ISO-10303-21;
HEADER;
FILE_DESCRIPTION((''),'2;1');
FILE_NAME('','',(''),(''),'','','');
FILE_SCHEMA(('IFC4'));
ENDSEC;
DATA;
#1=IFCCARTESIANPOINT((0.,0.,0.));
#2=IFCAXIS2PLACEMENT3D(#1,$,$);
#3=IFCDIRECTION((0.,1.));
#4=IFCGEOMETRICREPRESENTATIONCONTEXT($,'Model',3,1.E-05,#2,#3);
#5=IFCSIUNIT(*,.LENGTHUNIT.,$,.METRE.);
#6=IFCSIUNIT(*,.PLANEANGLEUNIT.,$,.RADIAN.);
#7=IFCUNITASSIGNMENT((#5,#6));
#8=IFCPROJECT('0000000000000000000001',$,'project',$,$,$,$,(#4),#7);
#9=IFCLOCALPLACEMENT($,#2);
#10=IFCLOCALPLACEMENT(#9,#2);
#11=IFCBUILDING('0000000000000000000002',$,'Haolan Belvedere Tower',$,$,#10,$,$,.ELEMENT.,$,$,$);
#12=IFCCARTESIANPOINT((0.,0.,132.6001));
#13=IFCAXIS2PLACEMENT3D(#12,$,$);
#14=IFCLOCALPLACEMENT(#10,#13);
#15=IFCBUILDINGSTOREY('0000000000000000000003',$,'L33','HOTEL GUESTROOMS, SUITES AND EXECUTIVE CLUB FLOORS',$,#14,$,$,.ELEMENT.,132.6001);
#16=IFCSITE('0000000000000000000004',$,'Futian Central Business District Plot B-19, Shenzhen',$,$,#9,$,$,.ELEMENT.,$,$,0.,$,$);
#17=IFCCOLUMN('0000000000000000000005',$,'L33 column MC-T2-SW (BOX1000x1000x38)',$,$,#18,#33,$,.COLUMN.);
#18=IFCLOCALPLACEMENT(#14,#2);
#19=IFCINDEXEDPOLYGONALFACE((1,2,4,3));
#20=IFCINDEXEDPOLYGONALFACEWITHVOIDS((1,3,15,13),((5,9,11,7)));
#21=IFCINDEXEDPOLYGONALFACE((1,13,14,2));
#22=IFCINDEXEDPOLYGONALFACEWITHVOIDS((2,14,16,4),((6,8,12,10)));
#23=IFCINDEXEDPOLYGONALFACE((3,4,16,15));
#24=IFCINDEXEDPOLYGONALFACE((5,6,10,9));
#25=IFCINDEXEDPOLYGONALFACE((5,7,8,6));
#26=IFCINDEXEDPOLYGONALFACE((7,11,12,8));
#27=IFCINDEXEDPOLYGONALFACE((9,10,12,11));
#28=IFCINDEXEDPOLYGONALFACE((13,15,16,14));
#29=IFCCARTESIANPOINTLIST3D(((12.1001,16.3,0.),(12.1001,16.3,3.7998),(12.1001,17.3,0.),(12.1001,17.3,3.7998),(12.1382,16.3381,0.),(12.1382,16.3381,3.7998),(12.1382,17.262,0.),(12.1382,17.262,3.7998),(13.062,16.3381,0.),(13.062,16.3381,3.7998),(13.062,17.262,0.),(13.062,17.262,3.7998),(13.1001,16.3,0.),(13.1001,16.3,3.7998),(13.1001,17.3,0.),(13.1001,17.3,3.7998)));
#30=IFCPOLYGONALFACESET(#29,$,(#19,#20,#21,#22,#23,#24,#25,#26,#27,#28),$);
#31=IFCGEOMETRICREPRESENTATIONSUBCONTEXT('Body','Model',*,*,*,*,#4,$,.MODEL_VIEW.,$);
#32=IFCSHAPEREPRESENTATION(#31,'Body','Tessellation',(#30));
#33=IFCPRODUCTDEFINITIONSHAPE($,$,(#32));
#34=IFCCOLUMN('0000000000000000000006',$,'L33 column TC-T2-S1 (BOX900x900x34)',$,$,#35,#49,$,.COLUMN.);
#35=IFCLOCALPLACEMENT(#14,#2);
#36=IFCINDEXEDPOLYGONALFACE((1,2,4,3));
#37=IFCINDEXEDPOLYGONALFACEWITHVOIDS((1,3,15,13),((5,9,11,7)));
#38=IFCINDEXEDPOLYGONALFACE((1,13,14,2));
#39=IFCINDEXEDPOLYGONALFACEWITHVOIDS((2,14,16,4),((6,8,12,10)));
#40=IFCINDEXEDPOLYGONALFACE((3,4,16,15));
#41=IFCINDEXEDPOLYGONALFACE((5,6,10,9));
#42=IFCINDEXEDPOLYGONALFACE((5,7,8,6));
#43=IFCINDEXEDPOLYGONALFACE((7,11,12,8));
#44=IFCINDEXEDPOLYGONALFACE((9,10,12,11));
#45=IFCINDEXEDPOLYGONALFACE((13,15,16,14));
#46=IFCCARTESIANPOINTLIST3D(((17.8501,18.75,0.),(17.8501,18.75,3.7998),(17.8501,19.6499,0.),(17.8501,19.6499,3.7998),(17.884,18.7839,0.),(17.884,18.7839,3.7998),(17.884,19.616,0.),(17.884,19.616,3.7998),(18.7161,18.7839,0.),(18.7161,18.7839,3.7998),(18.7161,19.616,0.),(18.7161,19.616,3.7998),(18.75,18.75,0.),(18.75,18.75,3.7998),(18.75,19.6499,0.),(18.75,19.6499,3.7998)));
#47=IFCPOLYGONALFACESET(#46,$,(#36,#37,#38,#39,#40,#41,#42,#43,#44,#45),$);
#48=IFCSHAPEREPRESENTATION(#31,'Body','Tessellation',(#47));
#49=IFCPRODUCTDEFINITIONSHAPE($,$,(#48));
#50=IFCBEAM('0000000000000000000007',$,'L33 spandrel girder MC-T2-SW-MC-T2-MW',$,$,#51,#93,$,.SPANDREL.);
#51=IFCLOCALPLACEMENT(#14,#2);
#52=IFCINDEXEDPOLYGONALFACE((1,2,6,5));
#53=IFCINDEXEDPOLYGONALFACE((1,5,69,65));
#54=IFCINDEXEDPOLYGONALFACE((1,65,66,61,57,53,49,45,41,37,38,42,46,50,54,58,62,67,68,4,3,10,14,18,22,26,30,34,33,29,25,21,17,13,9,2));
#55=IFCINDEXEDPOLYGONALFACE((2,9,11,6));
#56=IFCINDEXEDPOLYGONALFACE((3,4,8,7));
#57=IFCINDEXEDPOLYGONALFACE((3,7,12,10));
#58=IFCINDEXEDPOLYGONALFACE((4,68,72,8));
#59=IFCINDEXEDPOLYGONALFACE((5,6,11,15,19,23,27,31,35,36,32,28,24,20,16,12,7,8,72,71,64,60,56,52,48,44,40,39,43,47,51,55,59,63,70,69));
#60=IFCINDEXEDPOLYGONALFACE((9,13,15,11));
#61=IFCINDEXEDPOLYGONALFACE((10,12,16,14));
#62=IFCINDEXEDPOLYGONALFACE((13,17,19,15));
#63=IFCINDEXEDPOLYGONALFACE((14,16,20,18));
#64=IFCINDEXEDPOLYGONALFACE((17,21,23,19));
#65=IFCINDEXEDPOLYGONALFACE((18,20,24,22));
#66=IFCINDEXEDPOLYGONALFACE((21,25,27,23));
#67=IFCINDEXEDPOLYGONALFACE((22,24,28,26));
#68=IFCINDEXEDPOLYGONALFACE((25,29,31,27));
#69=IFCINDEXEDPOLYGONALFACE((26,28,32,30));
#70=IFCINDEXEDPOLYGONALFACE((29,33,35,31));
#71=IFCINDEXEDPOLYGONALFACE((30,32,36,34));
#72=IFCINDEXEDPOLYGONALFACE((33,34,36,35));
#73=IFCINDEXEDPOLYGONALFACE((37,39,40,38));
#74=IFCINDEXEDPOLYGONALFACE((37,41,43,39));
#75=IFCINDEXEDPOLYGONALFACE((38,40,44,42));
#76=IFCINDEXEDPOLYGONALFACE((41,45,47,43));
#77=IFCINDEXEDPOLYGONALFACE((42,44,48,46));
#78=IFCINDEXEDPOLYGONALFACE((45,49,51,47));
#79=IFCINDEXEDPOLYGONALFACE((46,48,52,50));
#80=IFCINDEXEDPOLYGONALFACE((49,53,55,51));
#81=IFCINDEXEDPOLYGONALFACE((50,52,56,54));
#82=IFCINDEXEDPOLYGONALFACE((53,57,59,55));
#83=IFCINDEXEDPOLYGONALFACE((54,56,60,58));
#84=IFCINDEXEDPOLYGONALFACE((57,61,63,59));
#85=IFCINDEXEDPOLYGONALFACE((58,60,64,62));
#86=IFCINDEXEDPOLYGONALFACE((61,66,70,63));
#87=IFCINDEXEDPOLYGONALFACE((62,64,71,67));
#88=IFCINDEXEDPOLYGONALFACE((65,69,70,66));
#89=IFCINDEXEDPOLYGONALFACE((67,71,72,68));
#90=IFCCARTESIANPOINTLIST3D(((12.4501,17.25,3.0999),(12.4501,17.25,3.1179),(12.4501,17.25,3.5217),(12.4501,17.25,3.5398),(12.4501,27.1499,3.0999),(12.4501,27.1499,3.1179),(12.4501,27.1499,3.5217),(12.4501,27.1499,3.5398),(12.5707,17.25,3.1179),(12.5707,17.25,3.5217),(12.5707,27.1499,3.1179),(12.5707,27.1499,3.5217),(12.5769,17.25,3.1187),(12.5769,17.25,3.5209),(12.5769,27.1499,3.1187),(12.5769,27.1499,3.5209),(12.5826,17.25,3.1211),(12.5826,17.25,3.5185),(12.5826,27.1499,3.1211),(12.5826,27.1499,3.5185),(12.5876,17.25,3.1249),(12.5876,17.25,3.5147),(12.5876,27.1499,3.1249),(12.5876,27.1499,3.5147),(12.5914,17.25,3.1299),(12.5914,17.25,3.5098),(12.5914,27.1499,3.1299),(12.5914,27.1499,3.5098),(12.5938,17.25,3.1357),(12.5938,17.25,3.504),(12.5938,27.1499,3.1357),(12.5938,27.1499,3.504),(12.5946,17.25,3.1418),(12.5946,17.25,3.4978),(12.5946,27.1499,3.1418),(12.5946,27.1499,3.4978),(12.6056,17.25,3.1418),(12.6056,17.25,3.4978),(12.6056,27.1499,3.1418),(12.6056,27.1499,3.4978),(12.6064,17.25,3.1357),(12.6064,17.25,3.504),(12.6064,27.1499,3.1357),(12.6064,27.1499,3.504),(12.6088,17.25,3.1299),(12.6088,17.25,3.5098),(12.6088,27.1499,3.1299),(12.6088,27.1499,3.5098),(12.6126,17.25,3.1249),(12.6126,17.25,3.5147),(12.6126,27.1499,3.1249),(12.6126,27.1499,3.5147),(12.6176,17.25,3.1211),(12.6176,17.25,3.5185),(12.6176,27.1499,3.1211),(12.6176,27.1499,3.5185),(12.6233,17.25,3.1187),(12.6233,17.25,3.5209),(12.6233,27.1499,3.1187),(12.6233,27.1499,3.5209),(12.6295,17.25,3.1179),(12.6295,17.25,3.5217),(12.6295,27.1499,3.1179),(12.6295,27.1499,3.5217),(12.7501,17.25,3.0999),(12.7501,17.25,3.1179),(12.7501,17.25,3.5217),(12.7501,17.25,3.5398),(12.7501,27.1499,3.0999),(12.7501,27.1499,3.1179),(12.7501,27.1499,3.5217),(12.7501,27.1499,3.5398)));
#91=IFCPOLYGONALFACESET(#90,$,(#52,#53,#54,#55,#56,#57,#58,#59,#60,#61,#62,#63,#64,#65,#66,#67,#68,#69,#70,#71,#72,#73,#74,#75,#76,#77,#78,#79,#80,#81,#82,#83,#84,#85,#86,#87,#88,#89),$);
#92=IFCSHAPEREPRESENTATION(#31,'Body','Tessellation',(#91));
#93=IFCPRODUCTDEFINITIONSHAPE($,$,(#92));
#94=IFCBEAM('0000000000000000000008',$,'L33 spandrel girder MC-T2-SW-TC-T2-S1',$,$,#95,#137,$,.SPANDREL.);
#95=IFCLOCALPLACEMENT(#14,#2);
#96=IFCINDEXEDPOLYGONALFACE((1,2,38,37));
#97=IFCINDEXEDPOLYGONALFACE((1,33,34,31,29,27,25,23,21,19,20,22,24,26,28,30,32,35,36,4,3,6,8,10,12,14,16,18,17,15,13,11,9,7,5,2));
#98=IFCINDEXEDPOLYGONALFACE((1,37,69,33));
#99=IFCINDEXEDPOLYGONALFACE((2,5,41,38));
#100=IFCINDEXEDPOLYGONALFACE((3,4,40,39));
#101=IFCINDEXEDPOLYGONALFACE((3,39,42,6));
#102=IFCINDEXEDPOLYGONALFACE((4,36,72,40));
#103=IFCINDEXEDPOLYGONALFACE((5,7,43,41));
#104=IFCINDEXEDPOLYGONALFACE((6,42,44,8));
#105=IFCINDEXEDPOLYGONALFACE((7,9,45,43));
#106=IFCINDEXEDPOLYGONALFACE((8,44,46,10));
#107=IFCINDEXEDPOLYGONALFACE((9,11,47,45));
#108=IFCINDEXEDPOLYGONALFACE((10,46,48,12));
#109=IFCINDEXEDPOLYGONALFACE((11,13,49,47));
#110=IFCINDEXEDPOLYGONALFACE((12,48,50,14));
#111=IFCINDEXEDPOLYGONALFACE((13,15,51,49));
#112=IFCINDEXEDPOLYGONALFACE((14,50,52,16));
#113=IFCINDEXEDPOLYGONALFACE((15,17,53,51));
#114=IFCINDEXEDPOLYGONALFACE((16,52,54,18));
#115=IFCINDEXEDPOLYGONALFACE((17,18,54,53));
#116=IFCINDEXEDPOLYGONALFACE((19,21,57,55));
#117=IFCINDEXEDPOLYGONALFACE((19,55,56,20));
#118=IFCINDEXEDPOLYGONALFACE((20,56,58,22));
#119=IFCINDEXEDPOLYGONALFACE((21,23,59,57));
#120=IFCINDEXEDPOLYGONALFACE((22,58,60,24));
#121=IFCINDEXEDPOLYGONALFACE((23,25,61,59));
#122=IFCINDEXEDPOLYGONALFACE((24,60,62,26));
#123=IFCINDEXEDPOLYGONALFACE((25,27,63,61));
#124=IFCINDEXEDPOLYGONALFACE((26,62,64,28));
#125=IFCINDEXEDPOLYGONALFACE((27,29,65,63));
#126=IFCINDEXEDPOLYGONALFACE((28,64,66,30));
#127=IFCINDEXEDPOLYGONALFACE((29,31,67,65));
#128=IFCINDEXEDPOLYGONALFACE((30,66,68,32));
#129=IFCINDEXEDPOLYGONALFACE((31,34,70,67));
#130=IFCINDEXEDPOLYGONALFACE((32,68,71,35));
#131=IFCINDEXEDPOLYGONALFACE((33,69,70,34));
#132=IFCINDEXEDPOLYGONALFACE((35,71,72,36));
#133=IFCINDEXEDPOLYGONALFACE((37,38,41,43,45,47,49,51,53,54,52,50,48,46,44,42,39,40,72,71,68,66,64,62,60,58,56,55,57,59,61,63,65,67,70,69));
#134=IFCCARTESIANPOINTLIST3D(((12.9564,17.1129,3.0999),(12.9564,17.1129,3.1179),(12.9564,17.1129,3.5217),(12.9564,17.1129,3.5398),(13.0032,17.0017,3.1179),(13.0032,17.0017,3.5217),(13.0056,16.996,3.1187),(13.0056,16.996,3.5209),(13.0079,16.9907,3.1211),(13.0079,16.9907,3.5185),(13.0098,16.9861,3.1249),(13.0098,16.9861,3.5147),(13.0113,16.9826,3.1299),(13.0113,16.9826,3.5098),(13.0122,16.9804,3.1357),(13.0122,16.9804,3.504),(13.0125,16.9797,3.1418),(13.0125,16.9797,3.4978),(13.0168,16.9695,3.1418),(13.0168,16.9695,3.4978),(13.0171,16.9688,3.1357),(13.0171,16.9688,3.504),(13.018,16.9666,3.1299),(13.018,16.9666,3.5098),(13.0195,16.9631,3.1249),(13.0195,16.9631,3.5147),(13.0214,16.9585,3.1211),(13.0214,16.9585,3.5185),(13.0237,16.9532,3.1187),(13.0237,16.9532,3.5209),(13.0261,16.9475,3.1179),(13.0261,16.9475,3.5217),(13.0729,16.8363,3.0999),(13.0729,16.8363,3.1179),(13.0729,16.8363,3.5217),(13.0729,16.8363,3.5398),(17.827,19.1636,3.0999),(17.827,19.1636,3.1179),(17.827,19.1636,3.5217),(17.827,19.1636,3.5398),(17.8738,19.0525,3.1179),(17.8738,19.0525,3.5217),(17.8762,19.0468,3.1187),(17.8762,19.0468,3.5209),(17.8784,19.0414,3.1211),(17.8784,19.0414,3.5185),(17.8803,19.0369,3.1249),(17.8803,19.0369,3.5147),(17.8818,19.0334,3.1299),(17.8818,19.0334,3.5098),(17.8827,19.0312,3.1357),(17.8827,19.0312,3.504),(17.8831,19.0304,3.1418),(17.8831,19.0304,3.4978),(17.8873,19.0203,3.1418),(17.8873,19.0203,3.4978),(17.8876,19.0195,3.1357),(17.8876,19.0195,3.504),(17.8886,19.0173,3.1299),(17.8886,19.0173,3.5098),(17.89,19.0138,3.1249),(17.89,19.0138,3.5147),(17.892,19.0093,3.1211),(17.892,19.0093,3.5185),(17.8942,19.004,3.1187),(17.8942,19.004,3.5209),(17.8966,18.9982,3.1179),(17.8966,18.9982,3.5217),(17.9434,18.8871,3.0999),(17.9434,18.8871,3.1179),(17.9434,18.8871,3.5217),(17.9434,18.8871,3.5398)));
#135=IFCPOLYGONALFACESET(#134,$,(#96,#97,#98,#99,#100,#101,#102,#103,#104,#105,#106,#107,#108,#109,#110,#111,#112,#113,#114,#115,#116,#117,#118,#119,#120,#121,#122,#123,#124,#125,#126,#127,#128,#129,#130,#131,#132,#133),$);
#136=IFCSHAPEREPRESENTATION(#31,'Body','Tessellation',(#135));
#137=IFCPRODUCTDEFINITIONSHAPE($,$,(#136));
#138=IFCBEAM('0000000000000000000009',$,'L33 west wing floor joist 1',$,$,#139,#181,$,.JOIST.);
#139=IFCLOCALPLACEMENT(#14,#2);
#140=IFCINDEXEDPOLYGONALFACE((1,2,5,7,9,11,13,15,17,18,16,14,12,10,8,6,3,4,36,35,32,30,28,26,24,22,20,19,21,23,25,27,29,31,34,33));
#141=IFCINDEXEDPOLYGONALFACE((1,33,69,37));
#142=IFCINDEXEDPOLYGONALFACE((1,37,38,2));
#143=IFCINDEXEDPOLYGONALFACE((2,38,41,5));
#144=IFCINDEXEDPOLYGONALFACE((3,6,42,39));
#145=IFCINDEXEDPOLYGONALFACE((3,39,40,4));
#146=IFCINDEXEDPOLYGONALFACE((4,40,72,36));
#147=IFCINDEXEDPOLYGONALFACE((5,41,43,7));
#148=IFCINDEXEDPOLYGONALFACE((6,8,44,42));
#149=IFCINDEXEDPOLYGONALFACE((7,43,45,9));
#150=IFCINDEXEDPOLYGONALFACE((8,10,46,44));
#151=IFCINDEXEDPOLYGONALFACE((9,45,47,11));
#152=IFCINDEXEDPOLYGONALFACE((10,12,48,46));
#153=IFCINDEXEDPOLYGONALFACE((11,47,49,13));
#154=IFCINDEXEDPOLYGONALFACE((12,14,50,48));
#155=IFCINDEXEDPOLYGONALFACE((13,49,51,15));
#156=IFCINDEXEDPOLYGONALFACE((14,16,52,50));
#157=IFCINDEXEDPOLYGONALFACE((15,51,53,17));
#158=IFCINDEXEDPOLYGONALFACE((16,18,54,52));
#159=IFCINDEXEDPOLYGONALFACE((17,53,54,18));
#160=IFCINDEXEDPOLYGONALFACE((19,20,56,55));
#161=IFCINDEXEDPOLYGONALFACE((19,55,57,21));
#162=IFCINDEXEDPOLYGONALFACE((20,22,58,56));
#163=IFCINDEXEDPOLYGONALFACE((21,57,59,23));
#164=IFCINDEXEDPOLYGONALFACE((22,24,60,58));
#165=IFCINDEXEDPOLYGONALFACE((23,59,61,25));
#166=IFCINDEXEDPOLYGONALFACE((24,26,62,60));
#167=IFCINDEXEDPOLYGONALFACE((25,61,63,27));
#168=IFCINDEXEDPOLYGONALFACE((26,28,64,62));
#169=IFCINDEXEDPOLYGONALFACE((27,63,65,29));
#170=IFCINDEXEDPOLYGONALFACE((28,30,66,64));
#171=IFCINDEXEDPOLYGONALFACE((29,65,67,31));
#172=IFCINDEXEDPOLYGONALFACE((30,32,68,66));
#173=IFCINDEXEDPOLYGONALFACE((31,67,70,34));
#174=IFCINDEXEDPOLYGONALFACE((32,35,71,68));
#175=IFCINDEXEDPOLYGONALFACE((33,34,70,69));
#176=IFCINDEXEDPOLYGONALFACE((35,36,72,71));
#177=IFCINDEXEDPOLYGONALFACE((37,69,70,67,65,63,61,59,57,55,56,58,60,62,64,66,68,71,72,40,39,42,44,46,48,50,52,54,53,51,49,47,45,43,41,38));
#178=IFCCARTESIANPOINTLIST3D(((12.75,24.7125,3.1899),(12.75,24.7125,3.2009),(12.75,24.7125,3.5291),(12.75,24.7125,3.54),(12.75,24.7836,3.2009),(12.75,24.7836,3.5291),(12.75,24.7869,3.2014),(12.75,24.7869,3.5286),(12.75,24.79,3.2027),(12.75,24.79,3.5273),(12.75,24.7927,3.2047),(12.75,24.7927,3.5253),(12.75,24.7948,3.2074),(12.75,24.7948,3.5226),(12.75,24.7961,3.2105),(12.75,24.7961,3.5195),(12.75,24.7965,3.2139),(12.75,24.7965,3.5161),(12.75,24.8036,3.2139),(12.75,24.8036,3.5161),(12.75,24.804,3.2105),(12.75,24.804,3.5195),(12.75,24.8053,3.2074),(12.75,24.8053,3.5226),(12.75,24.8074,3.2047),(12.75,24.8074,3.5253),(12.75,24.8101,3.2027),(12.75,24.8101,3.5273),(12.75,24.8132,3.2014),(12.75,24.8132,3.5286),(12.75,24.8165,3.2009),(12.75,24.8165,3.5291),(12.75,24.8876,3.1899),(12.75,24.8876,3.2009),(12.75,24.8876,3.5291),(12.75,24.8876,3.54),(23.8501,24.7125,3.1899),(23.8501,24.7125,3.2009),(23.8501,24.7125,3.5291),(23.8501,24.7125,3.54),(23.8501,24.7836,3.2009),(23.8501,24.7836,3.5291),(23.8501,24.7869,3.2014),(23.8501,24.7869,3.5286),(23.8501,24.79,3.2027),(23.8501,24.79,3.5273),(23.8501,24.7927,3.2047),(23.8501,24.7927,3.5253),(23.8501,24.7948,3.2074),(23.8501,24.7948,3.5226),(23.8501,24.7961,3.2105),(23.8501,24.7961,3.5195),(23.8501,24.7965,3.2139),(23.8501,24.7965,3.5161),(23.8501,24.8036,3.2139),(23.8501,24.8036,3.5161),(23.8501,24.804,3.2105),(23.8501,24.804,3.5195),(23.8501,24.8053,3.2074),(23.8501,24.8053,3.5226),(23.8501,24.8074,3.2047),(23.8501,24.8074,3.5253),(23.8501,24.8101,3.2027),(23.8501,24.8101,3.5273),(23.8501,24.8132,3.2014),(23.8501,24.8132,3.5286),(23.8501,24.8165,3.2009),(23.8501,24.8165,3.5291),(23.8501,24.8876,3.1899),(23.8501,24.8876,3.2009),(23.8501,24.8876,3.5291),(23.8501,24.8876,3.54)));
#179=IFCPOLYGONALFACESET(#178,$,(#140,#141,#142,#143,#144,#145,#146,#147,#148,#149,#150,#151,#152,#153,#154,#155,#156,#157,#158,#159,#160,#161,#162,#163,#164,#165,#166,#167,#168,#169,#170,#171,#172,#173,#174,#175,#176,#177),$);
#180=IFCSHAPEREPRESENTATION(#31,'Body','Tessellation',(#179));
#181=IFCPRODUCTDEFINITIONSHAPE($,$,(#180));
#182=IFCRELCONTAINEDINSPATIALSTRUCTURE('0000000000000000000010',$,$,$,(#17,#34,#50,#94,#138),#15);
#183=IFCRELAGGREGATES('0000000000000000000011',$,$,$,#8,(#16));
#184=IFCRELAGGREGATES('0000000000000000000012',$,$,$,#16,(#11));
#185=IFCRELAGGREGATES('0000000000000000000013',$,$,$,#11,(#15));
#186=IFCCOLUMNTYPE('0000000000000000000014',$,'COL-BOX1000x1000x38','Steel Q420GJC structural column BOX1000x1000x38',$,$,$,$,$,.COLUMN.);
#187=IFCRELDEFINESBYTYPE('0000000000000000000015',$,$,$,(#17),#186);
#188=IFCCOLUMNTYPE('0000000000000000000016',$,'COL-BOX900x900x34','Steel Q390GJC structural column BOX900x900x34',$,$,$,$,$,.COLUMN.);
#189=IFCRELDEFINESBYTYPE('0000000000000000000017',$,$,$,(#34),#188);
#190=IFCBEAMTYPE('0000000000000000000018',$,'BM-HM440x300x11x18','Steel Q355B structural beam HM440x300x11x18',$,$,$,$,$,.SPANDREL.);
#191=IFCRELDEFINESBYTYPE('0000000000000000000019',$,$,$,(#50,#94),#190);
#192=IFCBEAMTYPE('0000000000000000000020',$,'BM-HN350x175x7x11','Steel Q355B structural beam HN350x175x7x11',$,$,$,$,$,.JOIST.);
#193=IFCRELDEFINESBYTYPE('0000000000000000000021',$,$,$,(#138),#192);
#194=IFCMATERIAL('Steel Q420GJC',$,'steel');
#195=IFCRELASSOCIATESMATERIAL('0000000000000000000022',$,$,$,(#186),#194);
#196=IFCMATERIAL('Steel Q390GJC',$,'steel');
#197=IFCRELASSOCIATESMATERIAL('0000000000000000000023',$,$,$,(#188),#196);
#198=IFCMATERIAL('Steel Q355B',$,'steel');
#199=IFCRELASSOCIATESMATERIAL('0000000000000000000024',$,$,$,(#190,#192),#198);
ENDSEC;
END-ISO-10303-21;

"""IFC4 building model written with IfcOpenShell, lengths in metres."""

from ifc_helpers import new_model, si_unit, direction, frame, origin, origin_2d, place, context, subcontext, project, spatial, hollow_rectangle, i_section, extrude, material, material_profile, profile_set, type_object, element, save


model = new_model("IFC4")

# Units and contexts
model_context = context("Model", 3, precision=1e-05, world=origin(), true_north=direction((0.0, 1.0)))
body_context = subcontext(model_context, "Body", "Model", "MODEL_VIEW")
ifc_project = project(units=[si_unit("LENGTHUNIT", "METRE"), si_unit("PLANEANGLEUNIT", "RADIAN")], contexts=[model_context])

# Site, building, storey
site_placement = place(None, origin())
site = spatial("IfcSite", under=ifc_project, at=site_placement, Name="Futian Central Business District Plot B-19, Shenzhen", CompositionType="ELEMENT", RefElevation=0.0)
building_placement = place(site_placement, origin())
building = spatial("IfcBuilding", under=site, at=building_placement, Name="Haolan Belvedere Tower", CompositionType="ELEMENT")
storey_placement = place(building_placement, frame((0.0, 0.0, 132.6001)))
storey = spatial("IfcBuildingStorey", under=building, at=storey_placement, Name="L33", Description="HOTEL GUESTROOMS, SUITES AND EXECUTIVE CLUB FLOORS", CompositionType="ELEMENT", Elevation=132.6001)

# Columns
ifc_material_1 = material(Name="Steel Q420GJC", Category="steel")
ifc_material_profile_1 = material_profile(ifc_material_1, hollow_rectangle(XDim=1.0, YDim=1.0, WallThickness=0.0381, at=origin_2d()), Name="Steel Q420GJC")
ifc_profile_set_1 = profile_set([ifc_material_profile_1], Name="Steel Q420GJC")
column_type_1 = type_object("IfcColumnType", Name="COL-BOX1000x1000x38", Description="Steel Q420GJC structural column BOX1000x1000x38", PredefinedType="COLUMN", material=ifc_profile_set_1)
column_1_placement = place(storey_placement, frame((12.6001, 16.8, 0.0), z_axis=(0.0, 0.0, 1.0), x_axis=(1.0, 0.0, 0.0)))
element("IfcColumn", 1, at=column_1_placement, inside=storey, type_object=column_type_1, Name="L33 column MC-T2-SW (BOX1000x1000x38)", PredefinedType="COLUMN", context=body_context, shape_type="SweptSolid", body=[
    extrude(hollow_rectangle(XDim=1.0, YDim=1.0, WallThickness=0.0381, at=origin_2d()), origin(), (0.0, 0.0, 1.0), 3.7998),
])
ifc_material_2 = material(Name="Steel Q390GJC", Category="steel")
ifc_material_profile_2 = material_profile(ifc_material_2, hollow_rectangle(XDim=0.8999, YDim=0.8999, WallThickness=0.0339, at=origin_2d()), Name="Steel Q390GJC")
ifc_profile_set_2 = profile_set([ifc_material_profile_2], Name="Steel Q390GJC")
column_type_2 = type_object("IfcColumnType", Name="COL-BOX900x900x34", Description="Steel Q390GJC structural column BOX900x900x34", PredefinedType="COLUMN", material=ifc_profile_set_2)
column_2_placement = place(storey_placement, frame((18.3, 19.2, 0.0), z_axis=(0.0, 0.0, 1.0), x_axis=(1.0, 0.0, 0.0)))
element("IfcColumn", 2, at=column_2_placement, inside=storey, type_object=column_type_2, Name="L33 column TC-T2-S1 (BOX900x900x34)", PredefinedType="COLUMN", context=body_context, shape_type="SweptSolid", body=[
    extrude(hollow_rectangle(XDim=0.8999, YDim=0.8999, WallThickness=0.0339, at=origin_2d()), origin(), (0.0, 0.0, 1.0), 3.7998),
])

# Beams
ifc_material_3 = material(Name="Steel Q355B", Category="steel")
ifc_material_profile_3 = material_profile(ifc_material_3, i_section(OverallWidth=0.3, OverallDepth=0.4399, WebThickness=0.011, FlangeThickness=0.0181, FilletRadius=0.0239, at=origin_2d()), Name="Steel Q355B")
ifc_profile_set_3 = profile_set([ifc_material_profile_3], Name="Steel Q355B")
beam_type_1 = type_object("IfcBeamType", Name="BM-HM440x300x11x18", Description="Steel Q355B structural beam HM440x300x11x18", PredefinedType="SPANDREL", material=ifc_profile_set_3)
beam_1_placement = place(storey_placement, frame((12.6001, 17.25, 3.3198), z_axis=(0.0, 1.0, 0.0), x_axis=(-1.0, 0.0, 0.0)))
element("IfcBeam", 3, at=beam_1_placement, inside=storey, type_object=beam_type_1, Name="L33 spandrel girder MC-T2-SW-MC-T2-MW", PredefinedType="SPANDREL", context=body_context, shape_type="SweptSolid", body=[
    extrude(i_section(OverallWidth=0.3, OverallDepth=0.4399, WebThickness=0.011, FlangeThickness=0.0181, FilletRadius=0.0239, at=origin_2d()), origin(), (0.0, 0.0, 1.0), 9.8999),
])
beam_2_placement = place(storey_placement, frame((13.0146, 16.9746, 3.3198), z_axis=(0.921635, 0.388057, 0.0), x_axis=(-0.388057, 0.921635, 0.0)))
element("IfcBeam", 4, at=beam_2_placement, inside=storey, type_object=beam_type_1, Name="L33 spandrel girder MC-T2-SW-TC-T2-S1", PredefinedType="SPANDREL", context=body_context, shape_type="SweptSolid", body=[
    extrude(i_section(OverallWidth=0.3, OverallDepth=0.4399, WebThickness=0.011, FlangeThickness=0.0181, FilletRadius=0.0239, at=origin_2d()), origin(), (0.0, 0.0, 1.0), 5.2847),
])
ifc_material_profile_4 = material_profile(ifc_material_3, i_section(OverallWidth=0.175, OverallDepth=0.3501, WebThickness=0.0071, FlangeThickness=0.011, FilletRadius=0.0129, at=origin_2d()), Name="Steel Q355B")
ifc_profile_set_4 = profile_set([ifc_material_profile_4], Name="Steel Q355B")
beam_type_2 = type_object("IfcBeamType", Name="BM-HN350x175x7x11", Description="Steel Q355B structural beam HN350x175x7x11", PredefinedType="JOIST", material=ifc_profile_set_4)
beam_3_placement = place(storey_placement, frame((12.75, 24.8, 3.365), z_axis=(1.0, 0.0, 0.0), x_axis=(0.0, 1.0, 0.0)))
element("IfcBeam", 5, at=beam_3_placement, inside=storey, type_object=beam_type_2, Name="L33 west wing floor joist 1", PredefinedType="JOIST", context=body_context, shape_type="SweptSolid", body=[
    extrude(i_section(OverallWidth=0.175, OverallDepth=0.3501, WebThickness=0.0071, FlangeThickness=0.011, FilletRadius=0.0129, at=origin_2d()), origin(), (0.0, 0.0, 1.0), 11.1001),
])

save(model, "model.ifc")
